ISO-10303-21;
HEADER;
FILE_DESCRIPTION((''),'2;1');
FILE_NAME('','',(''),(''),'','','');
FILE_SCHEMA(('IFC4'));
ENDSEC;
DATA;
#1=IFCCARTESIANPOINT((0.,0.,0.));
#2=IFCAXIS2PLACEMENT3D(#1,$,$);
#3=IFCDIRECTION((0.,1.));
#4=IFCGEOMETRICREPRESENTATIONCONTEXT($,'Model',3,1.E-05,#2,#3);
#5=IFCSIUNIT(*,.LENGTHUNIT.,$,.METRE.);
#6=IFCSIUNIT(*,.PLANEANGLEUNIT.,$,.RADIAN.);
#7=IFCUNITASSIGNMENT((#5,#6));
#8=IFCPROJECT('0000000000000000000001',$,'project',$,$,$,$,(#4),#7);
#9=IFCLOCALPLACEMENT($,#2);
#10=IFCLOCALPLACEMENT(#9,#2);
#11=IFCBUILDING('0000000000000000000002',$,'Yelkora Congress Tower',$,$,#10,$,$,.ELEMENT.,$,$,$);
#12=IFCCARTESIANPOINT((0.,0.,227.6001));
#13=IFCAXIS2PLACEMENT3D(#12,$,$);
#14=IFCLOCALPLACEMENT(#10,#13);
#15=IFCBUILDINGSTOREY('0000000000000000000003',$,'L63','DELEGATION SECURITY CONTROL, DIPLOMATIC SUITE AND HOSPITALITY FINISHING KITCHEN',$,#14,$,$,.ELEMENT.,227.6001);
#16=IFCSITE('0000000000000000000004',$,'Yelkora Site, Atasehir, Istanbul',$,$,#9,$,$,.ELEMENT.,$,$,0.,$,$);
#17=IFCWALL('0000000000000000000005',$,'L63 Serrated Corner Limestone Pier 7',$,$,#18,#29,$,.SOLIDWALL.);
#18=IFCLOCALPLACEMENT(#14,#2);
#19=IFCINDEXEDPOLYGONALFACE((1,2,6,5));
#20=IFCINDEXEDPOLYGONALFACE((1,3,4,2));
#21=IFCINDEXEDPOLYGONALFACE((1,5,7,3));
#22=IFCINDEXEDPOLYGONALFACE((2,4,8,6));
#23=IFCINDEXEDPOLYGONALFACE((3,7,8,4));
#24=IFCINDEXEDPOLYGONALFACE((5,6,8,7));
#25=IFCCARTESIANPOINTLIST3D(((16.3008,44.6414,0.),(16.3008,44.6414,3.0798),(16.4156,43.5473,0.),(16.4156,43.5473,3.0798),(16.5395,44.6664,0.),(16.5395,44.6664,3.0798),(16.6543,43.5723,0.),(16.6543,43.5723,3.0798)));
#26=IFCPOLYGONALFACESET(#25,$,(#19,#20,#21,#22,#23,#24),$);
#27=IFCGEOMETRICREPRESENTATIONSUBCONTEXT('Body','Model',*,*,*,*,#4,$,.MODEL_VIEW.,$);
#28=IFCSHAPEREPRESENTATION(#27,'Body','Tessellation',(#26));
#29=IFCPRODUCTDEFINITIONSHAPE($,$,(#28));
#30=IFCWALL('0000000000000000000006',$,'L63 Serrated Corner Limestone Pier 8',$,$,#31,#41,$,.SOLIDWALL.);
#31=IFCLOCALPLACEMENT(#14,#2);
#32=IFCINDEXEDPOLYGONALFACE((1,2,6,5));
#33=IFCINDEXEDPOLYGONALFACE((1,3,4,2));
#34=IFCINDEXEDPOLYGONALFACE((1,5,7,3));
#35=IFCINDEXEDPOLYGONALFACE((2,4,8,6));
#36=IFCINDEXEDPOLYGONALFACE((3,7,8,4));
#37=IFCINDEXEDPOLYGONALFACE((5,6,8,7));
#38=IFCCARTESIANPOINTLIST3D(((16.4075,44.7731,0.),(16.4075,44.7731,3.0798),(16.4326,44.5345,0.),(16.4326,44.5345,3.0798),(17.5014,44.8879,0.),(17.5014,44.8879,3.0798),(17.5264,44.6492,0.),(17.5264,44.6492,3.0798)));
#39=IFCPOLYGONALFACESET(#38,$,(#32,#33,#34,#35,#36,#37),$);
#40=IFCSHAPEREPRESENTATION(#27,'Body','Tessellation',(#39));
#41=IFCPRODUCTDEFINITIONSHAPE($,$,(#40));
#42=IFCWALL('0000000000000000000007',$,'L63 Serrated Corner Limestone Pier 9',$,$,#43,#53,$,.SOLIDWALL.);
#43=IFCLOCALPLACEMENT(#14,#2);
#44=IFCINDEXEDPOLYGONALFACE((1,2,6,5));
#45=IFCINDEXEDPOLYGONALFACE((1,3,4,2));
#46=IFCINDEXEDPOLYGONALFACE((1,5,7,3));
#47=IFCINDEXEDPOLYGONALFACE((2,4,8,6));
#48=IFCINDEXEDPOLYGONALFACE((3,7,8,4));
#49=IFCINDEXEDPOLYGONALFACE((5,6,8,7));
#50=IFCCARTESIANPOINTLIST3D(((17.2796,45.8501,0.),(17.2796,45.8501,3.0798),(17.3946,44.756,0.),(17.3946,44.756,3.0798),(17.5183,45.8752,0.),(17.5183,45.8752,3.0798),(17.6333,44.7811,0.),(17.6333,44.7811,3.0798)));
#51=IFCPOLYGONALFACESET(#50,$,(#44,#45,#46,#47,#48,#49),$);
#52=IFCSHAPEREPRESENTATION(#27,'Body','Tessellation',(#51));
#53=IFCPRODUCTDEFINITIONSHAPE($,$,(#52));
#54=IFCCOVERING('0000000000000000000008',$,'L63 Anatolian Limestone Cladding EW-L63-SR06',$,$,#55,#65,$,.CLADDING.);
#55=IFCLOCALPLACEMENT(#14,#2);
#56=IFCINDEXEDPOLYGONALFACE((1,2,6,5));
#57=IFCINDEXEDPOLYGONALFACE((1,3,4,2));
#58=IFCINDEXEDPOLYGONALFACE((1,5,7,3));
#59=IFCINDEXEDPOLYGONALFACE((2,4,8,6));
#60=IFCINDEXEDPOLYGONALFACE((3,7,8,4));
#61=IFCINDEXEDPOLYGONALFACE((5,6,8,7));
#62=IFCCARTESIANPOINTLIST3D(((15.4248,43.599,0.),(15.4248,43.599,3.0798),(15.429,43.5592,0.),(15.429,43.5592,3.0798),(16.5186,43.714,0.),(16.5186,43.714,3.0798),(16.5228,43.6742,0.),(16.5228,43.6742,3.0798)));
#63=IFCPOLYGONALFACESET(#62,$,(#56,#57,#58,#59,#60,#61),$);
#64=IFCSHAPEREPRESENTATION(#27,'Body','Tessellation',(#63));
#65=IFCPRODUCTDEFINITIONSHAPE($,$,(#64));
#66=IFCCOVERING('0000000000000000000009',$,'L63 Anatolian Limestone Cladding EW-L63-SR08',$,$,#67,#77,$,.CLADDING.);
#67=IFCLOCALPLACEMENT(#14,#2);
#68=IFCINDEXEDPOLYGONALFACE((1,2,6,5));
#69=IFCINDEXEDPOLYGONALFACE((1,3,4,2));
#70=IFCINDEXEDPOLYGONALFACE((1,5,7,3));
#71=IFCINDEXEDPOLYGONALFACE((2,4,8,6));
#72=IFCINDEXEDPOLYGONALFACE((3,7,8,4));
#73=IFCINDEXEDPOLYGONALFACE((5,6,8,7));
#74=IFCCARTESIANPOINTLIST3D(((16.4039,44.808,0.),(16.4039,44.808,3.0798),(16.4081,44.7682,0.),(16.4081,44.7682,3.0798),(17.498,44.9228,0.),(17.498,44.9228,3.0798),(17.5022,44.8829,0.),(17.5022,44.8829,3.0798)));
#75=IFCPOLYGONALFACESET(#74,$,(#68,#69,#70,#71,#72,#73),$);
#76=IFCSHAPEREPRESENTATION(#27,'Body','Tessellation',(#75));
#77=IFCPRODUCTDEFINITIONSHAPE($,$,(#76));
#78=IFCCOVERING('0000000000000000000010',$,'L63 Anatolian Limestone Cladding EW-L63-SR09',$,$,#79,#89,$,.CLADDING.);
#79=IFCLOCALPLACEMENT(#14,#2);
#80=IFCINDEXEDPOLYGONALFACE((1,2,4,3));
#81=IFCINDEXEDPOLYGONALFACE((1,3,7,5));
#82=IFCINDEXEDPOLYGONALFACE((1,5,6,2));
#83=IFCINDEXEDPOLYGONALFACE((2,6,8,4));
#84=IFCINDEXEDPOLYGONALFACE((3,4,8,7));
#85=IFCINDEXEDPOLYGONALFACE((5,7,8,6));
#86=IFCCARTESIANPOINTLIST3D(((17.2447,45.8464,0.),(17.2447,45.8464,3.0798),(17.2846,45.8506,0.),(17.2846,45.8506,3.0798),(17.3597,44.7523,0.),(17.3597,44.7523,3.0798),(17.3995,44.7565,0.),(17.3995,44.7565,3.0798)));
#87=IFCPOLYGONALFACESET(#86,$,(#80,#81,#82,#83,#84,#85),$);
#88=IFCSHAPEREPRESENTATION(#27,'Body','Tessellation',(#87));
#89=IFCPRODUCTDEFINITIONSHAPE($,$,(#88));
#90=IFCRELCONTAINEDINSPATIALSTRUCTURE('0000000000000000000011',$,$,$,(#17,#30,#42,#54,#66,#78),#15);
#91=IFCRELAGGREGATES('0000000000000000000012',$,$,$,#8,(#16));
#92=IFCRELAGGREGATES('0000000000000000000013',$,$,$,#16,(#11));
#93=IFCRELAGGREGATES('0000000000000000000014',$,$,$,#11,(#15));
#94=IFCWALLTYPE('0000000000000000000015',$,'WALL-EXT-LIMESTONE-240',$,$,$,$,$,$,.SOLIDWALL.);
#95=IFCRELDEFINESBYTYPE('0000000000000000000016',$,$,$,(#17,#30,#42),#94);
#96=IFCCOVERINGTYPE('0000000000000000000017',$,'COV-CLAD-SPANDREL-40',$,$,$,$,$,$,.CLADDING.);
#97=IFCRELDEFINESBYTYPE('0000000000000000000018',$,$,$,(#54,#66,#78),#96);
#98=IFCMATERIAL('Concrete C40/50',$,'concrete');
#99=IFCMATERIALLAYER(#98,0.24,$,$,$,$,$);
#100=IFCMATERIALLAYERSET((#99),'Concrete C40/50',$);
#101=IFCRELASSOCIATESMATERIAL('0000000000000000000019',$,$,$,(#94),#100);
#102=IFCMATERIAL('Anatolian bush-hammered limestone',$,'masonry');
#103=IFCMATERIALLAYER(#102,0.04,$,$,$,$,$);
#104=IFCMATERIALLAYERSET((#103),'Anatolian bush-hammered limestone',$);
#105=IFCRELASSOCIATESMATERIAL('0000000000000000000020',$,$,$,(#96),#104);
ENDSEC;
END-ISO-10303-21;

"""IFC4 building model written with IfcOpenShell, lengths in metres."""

from ifc_helpers import new_model, si_unit, direction, frame, frame_2d, origin, place, context, subcontext, project, spatial, rectangle, extrude, material, layer, layer_set, type_object, element, save


model = new_model("IFC4")

# Units and contexts
model_context = context("Model", 3, precision=1e-05, world=origin(), true_north=direction((0.0, 1.0)))
body_context = subcontext(model_context, "Body", "Model", "MODEL_VIEW")
ifc_project = project(units=[si_unit("LENGTHUNIT", "METRE"), si_unit("PLANEANGLEUNIT", "RADIAN")], contexts=[model_context])

# Site, building, storey
site_placement = place(None, origin())
site = spatial("IfcSite", under=ifc_project, at=site_placement, Name="Yelkora Site, Atasehir, Istanbul", CompositionType="ELEMENT", RefElevation=0.0)
building_placement = place(site_placement, origin())
building = spatial("IfcBuilding", under=site, at=building_placement, Name="Yelkora Congress Tower", CompositionType="ELEMENT")
storey_placement = place(building_placement, frame((0.0, 0.0, 227.6001)))
storey = spatial("IfcBuildingStorey", under=building, at=storey_placement, Name="L63", Description="DELEGATION SECURITY CONTROL, DIPLOMATIC SUITE AND HOSPITALITY FINISHING KITCHEN", CompositionType="ELEMENT", Elevation=227.6001)

# Walls
ifc_material_1 = material(Name="Concrete C40/50", Category="concrete")
ifc_layer_1 = layer(ifc_material_1, 0.24)
ifc_layer_set_1 = layer_set([ifc_layer_1], Name="Concrete C40/50")
wall_type_1 = type_object("IfcWallType", Name="WALL-EXT-LIMESTONE-240", PredefinedType="SOLIDWALL", material=ifc_layer_set_1)
wall_1_placement = place(storey_placement, frame((16.5349, 43.5598, 0.0), z_axis=(0.0, 0.0, 1.0), x_axis=(-0.104315, 0.994544, 0.0)))
element("IfcWall", 1, at=wall_1_placement, inside=storey, type_object=wall_type_1, Name="L63 Serrated Corner Limestone Pier 7", PredefinedType="SOLIDWALL", context=body_context, shape_type="SweptSolid", body=[
    extrude(rectangle(XDim=1.1001, YDim=0.24, at=frame_2d((0.55, 0.0))), origin(), (0.0, 0.0, 1.0), 3.0798),
])
wall_2_placement = place(storey_placement, frame((16.4202, 44.6538, 0.0), z_axis=(0.0, 0.0, 1.0), x_axis=(0.994542, 0.104338, 0.0)))
element("IfcWall", 2, at=wall_2_placement, inside=storey, type_object=wall_type_1, Name="L63 Serrated Corner Limestone Pier 8", PredefinedType="SOLIDWALL", context=body_context, shape_type="SweptSolid", body=[
    extrude(rectangle(XDim=1.0999, YDim=0.24, at=frame_2d((0.5498, 0.0))), origin(), (0.0, 0.0, 1.0), 3.0798),
])
wall_3_placement = place(storey_placement, frame((17.5139, 44.7686, 0.0), z_axis=(0.0, 0.0, 1.0), x_axis=(-0.104535, 0.994521, 0.0)))
element("IfcWall", 3, at=wall_3_placement, inside=storey, type_object=wall_type_1, Name="L63 Serrated Corner Limestone Pier 9", PredefinedType="SOLIDWALL", context=body_context, shape_type="SweptSolid", body=[
    extrude(rectangle(XDim=1.1001, YDim=0.24, at=frame_2d((0.55, 0.0))), origin(), (0.0, 0.0, 1.0), 3.0798),
])

# Coverings
ifc_material_2 = material(Name="Anatolian bush-hammered limestone", Category="masonry")
ifc_layer_2 = layer(ifc_material_2, 0.04)
ifc_layer_set_2 = layer_set([ifc_layer_2], Name="Anatolian bush-hammered limestone")
covering_type = type_object("IfcCoveringType", Name="COV-CLAD-SPANDREL-40", PredefinedType="CLADDING", material=ifc_layer_set_2)
covering_placement = place(storey_placement, frame((15.427, 43.5791, 0.0), z_axis=(0.0, 0.0, 1.0), x_axis=(0.994519, 0.104558, 0.0)))
element("IfcCovering", 4, at=covering_placement, inside=storey, type_object=covering_type, Name="L63 Anatolian Limestone Cladding EW-L63-SR06", PredefinedType="CLADDING", context=body_context, shape_type="SweptSolid", body=[
    extrude(rectangle(XDim=1.0999, YDim=0.04, at=frame_2d((0.5498, 0.0))), origin(), (0.0, 0.0, 1.0), 3.0798),
])
for number, where, z_axis, x_axis, name in (
    (5, (16.406, 44.7881, 0.0), (0.0, 0.0, 1.0), (0.994544, 0.104315, 0.0), "L63 Anatolian Limestone Cladding EW-L63-SR08"),
    (6, (17.3796, 44.7544, 0.0), (0.0, 0.0, 1.0), (-0.104535, 0.994521, 0.0), "L63 Anatolian Limestone Cladding EW-L63-SR09"),
):
    element("IfcCovering", number, at=place(storey_placement, frame(where, z_axis=z_axis, x_axis=x_axis)), inside=storey, type_object=covering_type, Name=name, PredefinedType="CLADDING", context=body_context, shape_type="SweptSolid", body=[
        extrude(rectangle(XDim=1.1001, YDim=0.04, at=frame_2d((0.55, 0.0))), origin(), (0.0, 0.0, 1.0), 3.0798),
    ])

save(model, "model.ifc")
